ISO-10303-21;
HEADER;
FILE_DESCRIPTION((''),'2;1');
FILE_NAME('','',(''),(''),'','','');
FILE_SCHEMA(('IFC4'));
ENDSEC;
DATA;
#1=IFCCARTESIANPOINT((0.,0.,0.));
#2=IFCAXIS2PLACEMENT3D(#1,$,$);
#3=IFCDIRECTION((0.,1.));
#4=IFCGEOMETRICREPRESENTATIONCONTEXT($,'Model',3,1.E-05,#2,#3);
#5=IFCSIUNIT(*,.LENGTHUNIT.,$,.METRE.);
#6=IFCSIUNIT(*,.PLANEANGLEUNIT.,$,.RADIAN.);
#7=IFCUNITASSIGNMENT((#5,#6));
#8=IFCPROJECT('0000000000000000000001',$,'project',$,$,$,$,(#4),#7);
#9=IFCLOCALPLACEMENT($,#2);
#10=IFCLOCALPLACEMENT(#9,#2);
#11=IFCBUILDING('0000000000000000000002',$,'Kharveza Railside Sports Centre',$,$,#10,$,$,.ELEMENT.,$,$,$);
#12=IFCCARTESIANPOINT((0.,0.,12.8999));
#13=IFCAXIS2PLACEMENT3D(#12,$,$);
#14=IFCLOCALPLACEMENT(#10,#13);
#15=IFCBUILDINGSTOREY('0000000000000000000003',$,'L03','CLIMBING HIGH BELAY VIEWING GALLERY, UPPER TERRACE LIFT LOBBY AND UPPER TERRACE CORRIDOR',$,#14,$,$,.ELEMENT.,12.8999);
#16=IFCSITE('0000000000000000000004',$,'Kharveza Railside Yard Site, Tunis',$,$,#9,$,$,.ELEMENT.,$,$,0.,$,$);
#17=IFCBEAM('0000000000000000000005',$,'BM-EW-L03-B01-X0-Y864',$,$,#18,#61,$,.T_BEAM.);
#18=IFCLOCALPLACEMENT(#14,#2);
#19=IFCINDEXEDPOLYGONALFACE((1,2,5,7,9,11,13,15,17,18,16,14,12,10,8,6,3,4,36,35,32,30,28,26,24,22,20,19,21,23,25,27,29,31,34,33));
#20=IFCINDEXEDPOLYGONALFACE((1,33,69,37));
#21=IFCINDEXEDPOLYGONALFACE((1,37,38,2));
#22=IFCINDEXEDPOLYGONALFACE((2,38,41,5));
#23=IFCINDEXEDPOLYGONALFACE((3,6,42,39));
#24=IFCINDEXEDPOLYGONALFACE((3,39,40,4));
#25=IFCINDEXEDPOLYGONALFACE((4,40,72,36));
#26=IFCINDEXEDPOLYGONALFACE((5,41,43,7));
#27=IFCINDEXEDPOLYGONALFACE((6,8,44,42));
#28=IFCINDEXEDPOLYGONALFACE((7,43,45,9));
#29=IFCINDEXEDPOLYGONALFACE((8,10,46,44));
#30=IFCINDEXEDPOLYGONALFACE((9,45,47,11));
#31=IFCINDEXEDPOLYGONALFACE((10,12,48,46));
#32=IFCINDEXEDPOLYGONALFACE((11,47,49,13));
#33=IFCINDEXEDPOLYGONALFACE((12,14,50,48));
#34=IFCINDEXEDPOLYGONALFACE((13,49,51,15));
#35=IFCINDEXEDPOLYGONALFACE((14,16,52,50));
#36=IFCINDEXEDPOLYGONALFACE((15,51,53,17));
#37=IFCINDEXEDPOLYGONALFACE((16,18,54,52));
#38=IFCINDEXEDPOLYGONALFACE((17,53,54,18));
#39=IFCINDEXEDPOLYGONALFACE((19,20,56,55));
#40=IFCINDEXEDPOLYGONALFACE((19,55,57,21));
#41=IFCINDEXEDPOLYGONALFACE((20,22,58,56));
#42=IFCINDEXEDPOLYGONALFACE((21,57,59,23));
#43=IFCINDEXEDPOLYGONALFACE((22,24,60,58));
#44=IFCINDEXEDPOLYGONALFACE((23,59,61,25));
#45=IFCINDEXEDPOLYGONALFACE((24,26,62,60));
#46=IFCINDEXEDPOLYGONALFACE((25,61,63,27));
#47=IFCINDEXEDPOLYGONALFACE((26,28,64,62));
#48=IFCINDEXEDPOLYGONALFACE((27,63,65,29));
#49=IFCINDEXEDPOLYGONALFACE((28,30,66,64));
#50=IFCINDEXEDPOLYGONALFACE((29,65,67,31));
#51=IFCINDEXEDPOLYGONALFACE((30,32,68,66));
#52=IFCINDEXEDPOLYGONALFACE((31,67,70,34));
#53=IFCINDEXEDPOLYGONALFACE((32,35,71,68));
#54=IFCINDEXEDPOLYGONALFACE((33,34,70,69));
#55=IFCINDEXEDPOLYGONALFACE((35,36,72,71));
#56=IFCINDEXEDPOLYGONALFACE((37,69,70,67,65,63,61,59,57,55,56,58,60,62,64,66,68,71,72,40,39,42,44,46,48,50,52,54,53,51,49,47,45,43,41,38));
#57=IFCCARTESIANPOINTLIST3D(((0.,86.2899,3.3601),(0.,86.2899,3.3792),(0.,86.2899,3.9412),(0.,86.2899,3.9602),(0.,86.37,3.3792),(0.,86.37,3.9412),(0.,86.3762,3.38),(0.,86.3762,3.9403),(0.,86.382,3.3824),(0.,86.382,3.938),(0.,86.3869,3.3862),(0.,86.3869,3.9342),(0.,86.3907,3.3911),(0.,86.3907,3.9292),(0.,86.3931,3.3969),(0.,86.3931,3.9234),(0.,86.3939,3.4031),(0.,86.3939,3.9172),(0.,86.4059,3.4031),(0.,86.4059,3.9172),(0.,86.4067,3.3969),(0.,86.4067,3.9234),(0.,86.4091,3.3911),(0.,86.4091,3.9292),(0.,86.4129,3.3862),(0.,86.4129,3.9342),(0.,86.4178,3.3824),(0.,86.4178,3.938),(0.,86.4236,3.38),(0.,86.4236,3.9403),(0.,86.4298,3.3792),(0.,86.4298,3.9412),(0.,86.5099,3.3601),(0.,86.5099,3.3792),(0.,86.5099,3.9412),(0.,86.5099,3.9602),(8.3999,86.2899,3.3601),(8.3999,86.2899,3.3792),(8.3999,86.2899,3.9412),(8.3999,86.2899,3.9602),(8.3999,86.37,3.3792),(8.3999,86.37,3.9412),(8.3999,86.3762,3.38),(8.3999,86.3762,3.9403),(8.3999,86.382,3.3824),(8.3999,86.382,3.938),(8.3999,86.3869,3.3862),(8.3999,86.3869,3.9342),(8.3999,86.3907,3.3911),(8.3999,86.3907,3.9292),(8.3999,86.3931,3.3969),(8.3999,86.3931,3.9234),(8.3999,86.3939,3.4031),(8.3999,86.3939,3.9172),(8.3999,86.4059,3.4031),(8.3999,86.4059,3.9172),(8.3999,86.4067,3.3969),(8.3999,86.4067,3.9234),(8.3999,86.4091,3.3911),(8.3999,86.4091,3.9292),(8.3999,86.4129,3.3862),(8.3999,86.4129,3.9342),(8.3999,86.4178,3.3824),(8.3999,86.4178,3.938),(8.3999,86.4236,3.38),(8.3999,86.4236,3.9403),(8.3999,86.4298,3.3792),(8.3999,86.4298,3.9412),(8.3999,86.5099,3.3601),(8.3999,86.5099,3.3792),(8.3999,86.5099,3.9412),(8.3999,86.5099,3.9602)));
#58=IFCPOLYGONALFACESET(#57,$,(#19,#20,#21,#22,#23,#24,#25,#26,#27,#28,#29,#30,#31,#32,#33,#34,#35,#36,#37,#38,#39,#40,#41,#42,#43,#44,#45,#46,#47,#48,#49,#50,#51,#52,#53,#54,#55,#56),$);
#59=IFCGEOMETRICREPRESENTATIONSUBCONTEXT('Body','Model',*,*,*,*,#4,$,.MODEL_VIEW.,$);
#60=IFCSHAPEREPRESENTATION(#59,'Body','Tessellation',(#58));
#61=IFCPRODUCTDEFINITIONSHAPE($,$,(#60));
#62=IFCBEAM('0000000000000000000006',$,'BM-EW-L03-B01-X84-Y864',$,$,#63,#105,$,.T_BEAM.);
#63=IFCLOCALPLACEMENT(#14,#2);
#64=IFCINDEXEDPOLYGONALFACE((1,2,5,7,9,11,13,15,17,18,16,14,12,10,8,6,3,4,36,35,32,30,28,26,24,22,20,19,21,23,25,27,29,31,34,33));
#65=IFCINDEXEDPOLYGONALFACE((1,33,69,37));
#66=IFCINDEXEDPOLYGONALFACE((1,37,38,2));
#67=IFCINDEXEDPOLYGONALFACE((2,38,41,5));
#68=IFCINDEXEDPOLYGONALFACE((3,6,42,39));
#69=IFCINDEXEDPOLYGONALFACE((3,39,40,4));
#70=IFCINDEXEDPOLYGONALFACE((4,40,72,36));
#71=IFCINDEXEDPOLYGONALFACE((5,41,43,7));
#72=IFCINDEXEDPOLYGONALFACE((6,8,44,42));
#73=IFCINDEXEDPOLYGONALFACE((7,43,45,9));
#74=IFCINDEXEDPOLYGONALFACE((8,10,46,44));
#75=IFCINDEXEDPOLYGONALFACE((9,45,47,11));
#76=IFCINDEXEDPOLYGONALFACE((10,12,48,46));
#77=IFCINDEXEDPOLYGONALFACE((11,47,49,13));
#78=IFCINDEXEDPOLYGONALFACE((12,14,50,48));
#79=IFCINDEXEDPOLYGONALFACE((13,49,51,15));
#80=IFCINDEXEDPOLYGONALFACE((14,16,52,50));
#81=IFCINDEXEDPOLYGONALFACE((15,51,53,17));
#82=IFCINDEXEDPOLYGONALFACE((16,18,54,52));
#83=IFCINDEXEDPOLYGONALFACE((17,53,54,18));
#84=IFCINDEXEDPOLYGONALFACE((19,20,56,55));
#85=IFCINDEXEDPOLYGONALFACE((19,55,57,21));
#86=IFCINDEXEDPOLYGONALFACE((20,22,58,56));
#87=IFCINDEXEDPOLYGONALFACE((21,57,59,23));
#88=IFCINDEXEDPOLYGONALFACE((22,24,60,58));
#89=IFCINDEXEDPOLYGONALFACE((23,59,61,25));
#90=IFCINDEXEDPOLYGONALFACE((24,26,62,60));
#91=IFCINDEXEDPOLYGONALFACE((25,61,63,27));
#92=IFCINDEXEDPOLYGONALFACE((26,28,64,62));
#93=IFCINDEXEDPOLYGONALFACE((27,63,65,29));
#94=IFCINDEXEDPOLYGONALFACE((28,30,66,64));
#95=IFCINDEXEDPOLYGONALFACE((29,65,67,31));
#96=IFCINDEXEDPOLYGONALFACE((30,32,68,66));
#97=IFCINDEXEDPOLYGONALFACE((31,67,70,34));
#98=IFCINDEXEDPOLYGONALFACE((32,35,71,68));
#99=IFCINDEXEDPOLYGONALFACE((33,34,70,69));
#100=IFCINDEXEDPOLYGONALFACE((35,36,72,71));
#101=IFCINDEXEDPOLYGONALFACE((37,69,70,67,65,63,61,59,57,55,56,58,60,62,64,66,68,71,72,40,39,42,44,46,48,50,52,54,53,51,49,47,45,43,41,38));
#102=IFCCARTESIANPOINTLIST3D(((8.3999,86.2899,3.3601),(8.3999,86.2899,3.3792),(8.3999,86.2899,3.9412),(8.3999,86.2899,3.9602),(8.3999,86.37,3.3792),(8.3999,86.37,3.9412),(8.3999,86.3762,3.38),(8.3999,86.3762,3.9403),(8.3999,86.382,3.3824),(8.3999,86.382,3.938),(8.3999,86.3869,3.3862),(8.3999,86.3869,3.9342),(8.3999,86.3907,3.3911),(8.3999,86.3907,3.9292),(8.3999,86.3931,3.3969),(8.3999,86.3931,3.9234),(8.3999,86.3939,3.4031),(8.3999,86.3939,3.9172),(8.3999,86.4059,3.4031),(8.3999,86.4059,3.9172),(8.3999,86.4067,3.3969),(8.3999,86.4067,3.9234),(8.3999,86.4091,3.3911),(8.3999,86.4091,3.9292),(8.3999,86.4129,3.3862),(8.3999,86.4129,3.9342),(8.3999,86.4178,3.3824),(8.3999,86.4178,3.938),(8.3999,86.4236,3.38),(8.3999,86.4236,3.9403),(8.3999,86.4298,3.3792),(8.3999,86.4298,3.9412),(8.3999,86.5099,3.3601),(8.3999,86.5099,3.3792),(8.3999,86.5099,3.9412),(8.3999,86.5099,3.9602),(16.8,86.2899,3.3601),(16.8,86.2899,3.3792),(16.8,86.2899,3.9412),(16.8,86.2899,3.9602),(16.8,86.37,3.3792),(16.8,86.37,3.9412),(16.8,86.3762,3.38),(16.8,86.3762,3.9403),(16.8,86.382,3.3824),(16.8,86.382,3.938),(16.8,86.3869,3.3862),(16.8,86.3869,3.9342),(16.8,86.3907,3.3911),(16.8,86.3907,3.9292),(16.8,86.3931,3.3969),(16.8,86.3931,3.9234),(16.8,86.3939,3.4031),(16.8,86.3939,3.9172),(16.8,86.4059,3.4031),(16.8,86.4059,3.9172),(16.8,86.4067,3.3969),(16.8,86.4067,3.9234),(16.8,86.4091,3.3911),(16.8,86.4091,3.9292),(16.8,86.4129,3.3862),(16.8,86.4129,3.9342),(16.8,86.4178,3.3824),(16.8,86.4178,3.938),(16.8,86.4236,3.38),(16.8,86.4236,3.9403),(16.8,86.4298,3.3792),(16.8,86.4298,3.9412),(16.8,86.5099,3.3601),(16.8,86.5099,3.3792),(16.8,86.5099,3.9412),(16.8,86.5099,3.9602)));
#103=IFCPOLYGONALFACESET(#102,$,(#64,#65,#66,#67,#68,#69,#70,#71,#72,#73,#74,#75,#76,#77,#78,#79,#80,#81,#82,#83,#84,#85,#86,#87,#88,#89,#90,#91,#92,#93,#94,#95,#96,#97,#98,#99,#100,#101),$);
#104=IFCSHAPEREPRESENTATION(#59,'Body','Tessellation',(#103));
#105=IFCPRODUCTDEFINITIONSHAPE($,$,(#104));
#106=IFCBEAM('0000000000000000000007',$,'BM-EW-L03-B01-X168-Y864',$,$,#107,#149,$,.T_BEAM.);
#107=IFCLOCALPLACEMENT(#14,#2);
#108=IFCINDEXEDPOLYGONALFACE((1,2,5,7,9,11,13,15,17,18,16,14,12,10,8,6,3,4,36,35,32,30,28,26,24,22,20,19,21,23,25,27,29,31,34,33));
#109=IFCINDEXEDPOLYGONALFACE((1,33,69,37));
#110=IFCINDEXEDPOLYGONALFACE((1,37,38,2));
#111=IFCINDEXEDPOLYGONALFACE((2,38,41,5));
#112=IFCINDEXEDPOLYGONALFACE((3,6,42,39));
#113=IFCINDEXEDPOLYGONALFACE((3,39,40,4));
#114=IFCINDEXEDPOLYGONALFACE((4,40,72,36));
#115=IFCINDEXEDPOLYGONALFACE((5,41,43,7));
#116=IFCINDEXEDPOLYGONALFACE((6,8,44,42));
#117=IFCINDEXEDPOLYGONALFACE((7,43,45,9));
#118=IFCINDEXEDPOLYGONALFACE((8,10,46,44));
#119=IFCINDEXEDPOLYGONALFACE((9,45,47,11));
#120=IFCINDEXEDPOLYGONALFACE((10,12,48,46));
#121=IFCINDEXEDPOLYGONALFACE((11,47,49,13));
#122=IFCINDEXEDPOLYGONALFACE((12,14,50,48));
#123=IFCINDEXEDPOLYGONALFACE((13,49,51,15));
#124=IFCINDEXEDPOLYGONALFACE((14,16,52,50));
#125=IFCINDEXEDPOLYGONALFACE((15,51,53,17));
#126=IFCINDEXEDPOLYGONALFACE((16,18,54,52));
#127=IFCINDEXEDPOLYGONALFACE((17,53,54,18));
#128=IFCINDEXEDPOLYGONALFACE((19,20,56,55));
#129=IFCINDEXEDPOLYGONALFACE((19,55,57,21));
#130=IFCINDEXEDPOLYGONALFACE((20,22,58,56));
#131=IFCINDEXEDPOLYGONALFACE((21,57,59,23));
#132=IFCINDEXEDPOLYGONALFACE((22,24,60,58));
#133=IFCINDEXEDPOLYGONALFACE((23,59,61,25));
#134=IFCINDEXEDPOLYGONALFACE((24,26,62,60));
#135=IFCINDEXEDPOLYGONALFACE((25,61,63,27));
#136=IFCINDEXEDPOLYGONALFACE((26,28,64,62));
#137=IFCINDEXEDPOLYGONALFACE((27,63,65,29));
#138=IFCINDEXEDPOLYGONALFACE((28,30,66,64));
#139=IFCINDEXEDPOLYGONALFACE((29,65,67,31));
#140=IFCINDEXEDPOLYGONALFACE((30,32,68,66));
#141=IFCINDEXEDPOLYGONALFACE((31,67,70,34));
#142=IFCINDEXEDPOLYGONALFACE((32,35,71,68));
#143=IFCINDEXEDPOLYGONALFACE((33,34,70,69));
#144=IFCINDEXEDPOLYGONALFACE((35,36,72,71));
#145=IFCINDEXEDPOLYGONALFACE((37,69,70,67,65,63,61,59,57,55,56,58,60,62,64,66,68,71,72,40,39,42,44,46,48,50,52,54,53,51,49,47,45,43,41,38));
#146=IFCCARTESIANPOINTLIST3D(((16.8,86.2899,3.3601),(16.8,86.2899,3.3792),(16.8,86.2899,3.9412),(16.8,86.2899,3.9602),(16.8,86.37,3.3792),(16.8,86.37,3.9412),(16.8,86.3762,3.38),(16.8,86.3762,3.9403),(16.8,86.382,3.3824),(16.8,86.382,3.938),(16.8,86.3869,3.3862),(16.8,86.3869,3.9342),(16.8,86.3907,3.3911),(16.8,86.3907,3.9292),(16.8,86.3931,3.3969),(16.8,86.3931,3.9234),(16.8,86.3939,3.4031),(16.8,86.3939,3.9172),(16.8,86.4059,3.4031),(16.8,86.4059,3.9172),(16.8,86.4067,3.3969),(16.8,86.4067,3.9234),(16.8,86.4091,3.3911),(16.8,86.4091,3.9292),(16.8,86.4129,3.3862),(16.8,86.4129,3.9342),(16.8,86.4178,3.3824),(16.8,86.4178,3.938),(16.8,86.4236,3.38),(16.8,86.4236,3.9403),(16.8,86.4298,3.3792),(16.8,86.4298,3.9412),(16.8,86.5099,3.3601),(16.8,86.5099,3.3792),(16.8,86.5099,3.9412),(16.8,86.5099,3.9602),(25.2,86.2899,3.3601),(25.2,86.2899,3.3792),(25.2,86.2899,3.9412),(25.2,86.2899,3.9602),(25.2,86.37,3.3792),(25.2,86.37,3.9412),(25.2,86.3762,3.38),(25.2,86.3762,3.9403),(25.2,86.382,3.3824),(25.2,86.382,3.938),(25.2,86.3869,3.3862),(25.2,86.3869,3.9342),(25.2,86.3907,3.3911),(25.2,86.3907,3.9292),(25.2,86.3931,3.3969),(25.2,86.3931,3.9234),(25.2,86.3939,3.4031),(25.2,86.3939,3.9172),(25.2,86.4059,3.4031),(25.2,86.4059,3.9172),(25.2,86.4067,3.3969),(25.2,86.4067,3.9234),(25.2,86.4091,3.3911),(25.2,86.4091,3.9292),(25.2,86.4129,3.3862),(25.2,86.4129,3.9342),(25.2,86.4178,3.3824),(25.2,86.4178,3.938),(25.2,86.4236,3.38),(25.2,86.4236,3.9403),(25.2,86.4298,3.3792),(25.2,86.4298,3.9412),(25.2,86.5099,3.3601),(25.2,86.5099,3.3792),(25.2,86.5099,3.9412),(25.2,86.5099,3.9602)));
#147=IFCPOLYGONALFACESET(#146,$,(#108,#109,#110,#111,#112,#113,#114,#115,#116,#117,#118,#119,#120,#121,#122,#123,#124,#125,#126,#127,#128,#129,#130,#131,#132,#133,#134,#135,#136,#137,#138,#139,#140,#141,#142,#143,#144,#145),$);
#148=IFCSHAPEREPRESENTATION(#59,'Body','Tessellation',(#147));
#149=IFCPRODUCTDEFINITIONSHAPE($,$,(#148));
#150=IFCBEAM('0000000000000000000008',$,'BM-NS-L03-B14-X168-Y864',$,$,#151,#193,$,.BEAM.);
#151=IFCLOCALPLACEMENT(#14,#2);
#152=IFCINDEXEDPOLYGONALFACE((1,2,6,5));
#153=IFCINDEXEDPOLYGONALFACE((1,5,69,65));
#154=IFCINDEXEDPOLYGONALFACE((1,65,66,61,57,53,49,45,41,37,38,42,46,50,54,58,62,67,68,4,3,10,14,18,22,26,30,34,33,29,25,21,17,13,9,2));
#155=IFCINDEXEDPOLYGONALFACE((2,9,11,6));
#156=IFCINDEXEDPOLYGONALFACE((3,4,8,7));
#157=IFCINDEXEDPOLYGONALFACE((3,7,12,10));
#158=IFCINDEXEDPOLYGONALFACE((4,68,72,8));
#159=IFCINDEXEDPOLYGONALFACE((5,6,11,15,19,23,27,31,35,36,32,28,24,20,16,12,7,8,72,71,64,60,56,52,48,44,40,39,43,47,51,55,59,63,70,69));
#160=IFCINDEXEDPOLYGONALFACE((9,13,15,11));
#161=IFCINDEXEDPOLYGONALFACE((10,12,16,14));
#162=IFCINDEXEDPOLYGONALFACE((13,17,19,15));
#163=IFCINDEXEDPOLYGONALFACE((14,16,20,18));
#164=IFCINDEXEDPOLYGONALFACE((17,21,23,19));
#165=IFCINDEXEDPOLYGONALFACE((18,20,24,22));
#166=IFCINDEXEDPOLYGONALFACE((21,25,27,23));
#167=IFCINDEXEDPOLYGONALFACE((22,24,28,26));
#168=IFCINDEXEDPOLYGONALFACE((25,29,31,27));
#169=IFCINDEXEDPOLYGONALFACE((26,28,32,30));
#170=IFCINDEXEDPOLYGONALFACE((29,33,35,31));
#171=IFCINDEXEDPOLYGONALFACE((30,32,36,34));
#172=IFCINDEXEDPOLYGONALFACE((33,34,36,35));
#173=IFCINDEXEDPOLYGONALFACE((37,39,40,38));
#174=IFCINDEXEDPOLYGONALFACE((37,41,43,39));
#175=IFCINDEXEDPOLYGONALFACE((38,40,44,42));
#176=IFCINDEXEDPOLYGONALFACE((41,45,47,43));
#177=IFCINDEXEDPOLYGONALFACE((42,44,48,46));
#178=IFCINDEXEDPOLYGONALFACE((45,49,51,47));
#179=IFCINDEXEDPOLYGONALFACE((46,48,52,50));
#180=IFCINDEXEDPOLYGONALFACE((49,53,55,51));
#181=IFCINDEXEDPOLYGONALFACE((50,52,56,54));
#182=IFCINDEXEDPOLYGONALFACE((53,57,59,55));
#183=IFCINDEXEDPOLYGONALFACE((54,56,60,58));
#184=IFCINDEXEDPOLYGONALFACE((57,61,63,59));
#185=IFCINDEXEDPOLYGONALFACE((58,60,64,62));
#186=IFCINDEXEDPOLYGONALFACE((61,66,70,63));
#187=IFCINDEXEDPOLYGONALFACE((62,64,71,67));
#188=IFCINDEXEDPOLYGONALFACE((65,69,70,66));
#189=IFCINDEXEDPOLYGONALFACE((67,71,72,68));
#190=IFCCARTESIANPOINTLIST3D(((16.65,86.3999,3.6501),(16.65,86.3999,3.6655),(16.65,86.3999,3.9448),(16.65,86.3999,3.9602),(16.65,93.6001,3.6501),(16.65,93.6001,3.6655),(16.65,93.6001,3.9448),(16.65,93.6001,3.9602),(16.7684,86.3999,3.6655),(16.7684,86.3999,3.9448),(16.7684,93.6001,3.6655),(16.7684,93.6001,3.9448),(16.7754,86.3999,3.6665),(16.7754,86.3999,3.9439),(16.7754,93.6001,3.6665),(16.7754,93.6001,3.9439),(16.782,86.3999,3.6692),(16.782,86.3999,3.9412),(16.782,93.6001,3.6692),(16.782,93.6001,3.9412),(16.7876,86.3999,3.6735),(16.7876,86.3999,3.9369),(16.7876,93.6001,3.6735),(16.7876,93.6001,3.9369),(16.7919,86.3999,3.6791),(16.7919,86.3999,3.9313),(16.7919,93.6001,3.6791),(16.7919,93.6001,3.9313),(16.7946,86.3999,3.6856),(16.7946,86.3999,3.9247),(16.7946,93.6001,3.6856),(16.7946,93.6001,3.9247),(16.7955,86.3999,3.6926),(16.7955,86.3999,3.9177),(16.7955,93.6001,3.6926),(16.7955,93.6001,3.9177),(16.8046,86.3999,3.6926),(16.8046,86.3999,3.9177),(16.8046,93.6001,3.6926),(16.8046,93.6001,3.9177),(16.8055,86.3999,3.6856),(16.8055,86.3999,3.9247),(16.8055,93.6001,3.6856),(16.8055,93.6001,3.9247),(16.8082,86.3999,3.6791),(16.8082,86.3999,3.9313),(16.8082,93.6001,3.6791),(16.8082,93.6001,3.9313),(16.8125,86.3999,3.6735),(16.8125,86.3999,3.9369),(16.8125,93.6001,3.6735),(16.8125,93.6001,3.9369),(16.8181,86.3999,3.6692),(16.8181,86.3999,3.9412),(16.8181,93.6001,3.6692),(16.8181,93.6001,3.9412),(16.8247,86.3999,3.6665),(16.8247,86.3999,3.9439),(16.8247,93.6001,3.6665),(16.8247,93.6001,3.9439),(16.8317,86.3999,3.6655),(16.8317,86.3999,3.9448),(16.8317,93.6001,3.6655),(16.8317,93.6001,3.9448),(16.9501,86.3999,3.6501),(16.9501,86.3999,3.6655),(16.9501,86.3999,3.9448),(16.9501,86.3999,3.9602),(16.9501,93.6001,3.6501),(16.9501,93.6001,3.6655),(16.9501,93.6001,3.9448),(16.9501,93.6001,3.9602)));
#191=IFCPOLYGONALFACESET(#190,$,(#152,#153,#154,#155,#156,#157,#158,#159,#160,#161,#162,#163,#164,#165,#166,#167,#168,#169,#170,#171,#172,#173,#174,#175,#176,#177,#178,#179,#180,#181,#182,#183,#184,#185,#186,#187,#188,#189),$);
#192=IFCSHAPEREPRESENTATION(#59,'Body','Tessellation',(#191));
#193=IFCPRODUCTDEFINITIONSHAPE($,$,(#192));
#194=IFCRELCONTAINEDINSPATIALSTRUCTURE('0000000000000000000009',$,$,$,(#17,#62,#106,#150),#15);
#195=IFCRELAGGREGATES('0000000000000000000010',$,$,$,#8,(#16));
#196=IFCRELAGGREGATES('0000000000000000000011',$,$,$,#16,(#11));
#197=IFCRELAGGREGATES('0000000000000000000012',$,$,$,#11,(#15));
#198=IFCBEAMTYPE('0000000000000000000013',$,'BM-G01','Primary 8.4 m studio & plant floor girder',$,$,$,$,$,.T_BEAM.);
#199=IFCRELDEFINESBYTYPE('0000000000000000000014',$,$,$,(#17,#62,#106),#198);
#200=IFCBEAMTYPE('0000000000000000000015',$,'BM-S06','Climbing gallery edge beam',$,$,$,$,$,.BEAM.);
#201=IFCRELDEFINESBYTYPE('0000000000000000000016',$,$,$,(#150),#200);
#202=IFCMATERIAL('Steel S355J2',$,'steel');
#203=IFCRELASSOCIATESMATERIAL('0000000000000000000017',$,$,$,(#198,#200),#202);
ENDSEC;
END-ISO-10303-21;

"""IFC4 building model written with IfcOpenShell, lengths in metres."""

from ifc_helpers import new_model, si_unit, direction, frame, origin, origin_2d, place, context, subcontext, project, spatial, i_section, extrude, material, material_profile, profile_set, type_object, element, save


model = new_model("IFC4")

# Units and contexts
model_context = context("Model", 3, precision=1e-05, world=origin(), true_north=direction((0.0, 1.0)))
body_context = subcontext(model_context, "Body", "Model", "MODEL_VIEW")
ifc_project = project(units=[si_unit("LENGTHUNIT", "METRE"), si_unit("PLANEANGLEUNIT", "RADIAN")], contexts=[model_context])

# Site, building, storey
site_placement = place(None, origin())
site = spatial("IfcSite", under=ifc_project, at=site_placement, Name="Kharveza Railside Yard Site, Tunis", CompositionType="ELEMENT", RefElevation=0.0)
building_placement = place(site_placement, origin())
building = spatial("IfcBuilding", under=site, at=building_placement, Name="Kharveza Railside Sports Centre", CompositionType="ELEMENT")
storey_placement = place(building_placement, frame((0.0, 0.0, 12.8999)))
storey = spatial("IfcBuildingStorey", under=building, at=storey_placement, Name="L03", Description="CLIMBING HIGH BELAY VIEWING GALLERY, UPPER TERRACE LIFT LOBBY AND UPPER TERRACE CORRIDOR", CompositionType="ELEMENT", Elevation=12.8999)

# Shared definitions
ifc_material_1 = material(Name="Steel S355J2", Category="steel")

# Beams
ifc_material_profile_1 = material_profile(ifc_material_1, i_section(OverallWidth=0.22, OverallDepth=0.6001, WebThickness=0.012, FlangeThickness=0.019, FilletRadius=0.0239, at=origin_2d()), Name="IPE 600")
ifc_profile_set_1 = profile_set([ifc_material_profile_1], Name="Steel S355J2")
beam_type_1 = type_object("IfcBeamType", Name="BM-G01", Description="Primary 8.4 m studio & plant floor girder", PredefinedType="T_BEAM", material=ifc_profile_set_1)
beam_1_placement = place(storey_placement, frame((0.0, 86.3999, 3.6602), z_axis=(1.0, 0.0, 0.0), x_axis=(0.0, 1.0, 0.0)))
element("IfcBeam", 1, at=beam_1_placement, inside=storey, type_object=beam_type_1, Name="BM-EW-L03-B01-X0-Y864", PredefinedType="T_BEAM", context=body_context, shape_type="SweptSolid", body=[
    extrude(i_section(OverallWidth=0.22, OverallDepth=0.6001, WebThickness=0.012, FlangeThickness=0.019, FilletRadius=0.0239, at=origin_2d()), origin(), (0.0, 0.0, 1.0), 8.3999),
])
beam_2_placement = place(storey_placement, frame((8.3999, 86.3999, 3.6602), z_axis=(1.0, 0.0, 0.0), x_axis=(0.0, 1.0, 0.0)))
element("IfcBeam", 2, at=beam_2_placement, inside=storey, type_object=beam_type_1, Name="BM-EW-L03-B01-X84-Y864", PredefinedType="T_BEAM", context=body_context, shape_type="SweptSolid", body=[
    extrude(i_section(OverallWidth=0.22, OverallDepth=0.6001, WebThickness=0.012, FlangeThickness=0.019, FilletRadius=0.0239, at=origin_2d()), origin(), (0.0, 0.0, 1.0), 8.4001),
])
beam_3_placement = place(storey_placement, frame((16.8, 86.3999, 3.6602), z_axis=(1.0, 0.0, 0.0), x_axis=(0.0, 1.0, 0.0)))
element("IfcBeam", 3, at=beam_3_placement, inside=storey, type_object=beam_type_1, Name="BM-EW-L03-B01-X168-Y864", PredefinedType="T_BEAM", context=body_context, shape_type="SweptSolid", body=[
    extrude(i_section(OverallWidth=0.22, OverallDepth=0.6001, WebThickness=0.012, FlangeThickness=0.019, FilletRadius=0.0239, at=origin_2d()), origin(), (0.0, 0.0, 1.0), 8.3999),
])
ifc_material_profile_2 = material_profile(ifc_material_1, i_section(OverallWidth=0.3, OverallDepth=0.3101, WebThickness=0.009, FlangeThickness=0.0154, FilletRadius=0.0271, at=origin_2d()), Name="HEA 320")
ifc_profile_set_2 = profile_set([ifc_material_profile_2], Name="Steel S355J2")
beam_type_2 = type_object("IfcBeamType", Name="BM-S06", Description="Climbing gallery edge beam", PredefinedType="BEAM", material=ifc_profile_set_2)
beam_4_placement = place(storey_placement, frame((16.8, 86.3999, 3.8052), z_axis=(0.0, 1.0, 0.0), x_axis=(-1.0, 0.0, 0.0)))
element("IfcBeam", 4, at=beam_4_placement, inside=storey, type_object=beam_type_2, Name="BM-NS-L03-B14-X168-Y864", PredefinedType="BEAM", context=body_context, shape_type="SweptSolid", body=[
    extrude(i_section(OverallWidth=0.3, OverallDepth=0.3101, WebThickness=0.009, FlangeThickness=0.0154, FilletRadius=0.0271, at=origin_2d()), origin(), (0.0, 0.0, 1.0), 7.2002),
])

save(model, "model.ifc")
